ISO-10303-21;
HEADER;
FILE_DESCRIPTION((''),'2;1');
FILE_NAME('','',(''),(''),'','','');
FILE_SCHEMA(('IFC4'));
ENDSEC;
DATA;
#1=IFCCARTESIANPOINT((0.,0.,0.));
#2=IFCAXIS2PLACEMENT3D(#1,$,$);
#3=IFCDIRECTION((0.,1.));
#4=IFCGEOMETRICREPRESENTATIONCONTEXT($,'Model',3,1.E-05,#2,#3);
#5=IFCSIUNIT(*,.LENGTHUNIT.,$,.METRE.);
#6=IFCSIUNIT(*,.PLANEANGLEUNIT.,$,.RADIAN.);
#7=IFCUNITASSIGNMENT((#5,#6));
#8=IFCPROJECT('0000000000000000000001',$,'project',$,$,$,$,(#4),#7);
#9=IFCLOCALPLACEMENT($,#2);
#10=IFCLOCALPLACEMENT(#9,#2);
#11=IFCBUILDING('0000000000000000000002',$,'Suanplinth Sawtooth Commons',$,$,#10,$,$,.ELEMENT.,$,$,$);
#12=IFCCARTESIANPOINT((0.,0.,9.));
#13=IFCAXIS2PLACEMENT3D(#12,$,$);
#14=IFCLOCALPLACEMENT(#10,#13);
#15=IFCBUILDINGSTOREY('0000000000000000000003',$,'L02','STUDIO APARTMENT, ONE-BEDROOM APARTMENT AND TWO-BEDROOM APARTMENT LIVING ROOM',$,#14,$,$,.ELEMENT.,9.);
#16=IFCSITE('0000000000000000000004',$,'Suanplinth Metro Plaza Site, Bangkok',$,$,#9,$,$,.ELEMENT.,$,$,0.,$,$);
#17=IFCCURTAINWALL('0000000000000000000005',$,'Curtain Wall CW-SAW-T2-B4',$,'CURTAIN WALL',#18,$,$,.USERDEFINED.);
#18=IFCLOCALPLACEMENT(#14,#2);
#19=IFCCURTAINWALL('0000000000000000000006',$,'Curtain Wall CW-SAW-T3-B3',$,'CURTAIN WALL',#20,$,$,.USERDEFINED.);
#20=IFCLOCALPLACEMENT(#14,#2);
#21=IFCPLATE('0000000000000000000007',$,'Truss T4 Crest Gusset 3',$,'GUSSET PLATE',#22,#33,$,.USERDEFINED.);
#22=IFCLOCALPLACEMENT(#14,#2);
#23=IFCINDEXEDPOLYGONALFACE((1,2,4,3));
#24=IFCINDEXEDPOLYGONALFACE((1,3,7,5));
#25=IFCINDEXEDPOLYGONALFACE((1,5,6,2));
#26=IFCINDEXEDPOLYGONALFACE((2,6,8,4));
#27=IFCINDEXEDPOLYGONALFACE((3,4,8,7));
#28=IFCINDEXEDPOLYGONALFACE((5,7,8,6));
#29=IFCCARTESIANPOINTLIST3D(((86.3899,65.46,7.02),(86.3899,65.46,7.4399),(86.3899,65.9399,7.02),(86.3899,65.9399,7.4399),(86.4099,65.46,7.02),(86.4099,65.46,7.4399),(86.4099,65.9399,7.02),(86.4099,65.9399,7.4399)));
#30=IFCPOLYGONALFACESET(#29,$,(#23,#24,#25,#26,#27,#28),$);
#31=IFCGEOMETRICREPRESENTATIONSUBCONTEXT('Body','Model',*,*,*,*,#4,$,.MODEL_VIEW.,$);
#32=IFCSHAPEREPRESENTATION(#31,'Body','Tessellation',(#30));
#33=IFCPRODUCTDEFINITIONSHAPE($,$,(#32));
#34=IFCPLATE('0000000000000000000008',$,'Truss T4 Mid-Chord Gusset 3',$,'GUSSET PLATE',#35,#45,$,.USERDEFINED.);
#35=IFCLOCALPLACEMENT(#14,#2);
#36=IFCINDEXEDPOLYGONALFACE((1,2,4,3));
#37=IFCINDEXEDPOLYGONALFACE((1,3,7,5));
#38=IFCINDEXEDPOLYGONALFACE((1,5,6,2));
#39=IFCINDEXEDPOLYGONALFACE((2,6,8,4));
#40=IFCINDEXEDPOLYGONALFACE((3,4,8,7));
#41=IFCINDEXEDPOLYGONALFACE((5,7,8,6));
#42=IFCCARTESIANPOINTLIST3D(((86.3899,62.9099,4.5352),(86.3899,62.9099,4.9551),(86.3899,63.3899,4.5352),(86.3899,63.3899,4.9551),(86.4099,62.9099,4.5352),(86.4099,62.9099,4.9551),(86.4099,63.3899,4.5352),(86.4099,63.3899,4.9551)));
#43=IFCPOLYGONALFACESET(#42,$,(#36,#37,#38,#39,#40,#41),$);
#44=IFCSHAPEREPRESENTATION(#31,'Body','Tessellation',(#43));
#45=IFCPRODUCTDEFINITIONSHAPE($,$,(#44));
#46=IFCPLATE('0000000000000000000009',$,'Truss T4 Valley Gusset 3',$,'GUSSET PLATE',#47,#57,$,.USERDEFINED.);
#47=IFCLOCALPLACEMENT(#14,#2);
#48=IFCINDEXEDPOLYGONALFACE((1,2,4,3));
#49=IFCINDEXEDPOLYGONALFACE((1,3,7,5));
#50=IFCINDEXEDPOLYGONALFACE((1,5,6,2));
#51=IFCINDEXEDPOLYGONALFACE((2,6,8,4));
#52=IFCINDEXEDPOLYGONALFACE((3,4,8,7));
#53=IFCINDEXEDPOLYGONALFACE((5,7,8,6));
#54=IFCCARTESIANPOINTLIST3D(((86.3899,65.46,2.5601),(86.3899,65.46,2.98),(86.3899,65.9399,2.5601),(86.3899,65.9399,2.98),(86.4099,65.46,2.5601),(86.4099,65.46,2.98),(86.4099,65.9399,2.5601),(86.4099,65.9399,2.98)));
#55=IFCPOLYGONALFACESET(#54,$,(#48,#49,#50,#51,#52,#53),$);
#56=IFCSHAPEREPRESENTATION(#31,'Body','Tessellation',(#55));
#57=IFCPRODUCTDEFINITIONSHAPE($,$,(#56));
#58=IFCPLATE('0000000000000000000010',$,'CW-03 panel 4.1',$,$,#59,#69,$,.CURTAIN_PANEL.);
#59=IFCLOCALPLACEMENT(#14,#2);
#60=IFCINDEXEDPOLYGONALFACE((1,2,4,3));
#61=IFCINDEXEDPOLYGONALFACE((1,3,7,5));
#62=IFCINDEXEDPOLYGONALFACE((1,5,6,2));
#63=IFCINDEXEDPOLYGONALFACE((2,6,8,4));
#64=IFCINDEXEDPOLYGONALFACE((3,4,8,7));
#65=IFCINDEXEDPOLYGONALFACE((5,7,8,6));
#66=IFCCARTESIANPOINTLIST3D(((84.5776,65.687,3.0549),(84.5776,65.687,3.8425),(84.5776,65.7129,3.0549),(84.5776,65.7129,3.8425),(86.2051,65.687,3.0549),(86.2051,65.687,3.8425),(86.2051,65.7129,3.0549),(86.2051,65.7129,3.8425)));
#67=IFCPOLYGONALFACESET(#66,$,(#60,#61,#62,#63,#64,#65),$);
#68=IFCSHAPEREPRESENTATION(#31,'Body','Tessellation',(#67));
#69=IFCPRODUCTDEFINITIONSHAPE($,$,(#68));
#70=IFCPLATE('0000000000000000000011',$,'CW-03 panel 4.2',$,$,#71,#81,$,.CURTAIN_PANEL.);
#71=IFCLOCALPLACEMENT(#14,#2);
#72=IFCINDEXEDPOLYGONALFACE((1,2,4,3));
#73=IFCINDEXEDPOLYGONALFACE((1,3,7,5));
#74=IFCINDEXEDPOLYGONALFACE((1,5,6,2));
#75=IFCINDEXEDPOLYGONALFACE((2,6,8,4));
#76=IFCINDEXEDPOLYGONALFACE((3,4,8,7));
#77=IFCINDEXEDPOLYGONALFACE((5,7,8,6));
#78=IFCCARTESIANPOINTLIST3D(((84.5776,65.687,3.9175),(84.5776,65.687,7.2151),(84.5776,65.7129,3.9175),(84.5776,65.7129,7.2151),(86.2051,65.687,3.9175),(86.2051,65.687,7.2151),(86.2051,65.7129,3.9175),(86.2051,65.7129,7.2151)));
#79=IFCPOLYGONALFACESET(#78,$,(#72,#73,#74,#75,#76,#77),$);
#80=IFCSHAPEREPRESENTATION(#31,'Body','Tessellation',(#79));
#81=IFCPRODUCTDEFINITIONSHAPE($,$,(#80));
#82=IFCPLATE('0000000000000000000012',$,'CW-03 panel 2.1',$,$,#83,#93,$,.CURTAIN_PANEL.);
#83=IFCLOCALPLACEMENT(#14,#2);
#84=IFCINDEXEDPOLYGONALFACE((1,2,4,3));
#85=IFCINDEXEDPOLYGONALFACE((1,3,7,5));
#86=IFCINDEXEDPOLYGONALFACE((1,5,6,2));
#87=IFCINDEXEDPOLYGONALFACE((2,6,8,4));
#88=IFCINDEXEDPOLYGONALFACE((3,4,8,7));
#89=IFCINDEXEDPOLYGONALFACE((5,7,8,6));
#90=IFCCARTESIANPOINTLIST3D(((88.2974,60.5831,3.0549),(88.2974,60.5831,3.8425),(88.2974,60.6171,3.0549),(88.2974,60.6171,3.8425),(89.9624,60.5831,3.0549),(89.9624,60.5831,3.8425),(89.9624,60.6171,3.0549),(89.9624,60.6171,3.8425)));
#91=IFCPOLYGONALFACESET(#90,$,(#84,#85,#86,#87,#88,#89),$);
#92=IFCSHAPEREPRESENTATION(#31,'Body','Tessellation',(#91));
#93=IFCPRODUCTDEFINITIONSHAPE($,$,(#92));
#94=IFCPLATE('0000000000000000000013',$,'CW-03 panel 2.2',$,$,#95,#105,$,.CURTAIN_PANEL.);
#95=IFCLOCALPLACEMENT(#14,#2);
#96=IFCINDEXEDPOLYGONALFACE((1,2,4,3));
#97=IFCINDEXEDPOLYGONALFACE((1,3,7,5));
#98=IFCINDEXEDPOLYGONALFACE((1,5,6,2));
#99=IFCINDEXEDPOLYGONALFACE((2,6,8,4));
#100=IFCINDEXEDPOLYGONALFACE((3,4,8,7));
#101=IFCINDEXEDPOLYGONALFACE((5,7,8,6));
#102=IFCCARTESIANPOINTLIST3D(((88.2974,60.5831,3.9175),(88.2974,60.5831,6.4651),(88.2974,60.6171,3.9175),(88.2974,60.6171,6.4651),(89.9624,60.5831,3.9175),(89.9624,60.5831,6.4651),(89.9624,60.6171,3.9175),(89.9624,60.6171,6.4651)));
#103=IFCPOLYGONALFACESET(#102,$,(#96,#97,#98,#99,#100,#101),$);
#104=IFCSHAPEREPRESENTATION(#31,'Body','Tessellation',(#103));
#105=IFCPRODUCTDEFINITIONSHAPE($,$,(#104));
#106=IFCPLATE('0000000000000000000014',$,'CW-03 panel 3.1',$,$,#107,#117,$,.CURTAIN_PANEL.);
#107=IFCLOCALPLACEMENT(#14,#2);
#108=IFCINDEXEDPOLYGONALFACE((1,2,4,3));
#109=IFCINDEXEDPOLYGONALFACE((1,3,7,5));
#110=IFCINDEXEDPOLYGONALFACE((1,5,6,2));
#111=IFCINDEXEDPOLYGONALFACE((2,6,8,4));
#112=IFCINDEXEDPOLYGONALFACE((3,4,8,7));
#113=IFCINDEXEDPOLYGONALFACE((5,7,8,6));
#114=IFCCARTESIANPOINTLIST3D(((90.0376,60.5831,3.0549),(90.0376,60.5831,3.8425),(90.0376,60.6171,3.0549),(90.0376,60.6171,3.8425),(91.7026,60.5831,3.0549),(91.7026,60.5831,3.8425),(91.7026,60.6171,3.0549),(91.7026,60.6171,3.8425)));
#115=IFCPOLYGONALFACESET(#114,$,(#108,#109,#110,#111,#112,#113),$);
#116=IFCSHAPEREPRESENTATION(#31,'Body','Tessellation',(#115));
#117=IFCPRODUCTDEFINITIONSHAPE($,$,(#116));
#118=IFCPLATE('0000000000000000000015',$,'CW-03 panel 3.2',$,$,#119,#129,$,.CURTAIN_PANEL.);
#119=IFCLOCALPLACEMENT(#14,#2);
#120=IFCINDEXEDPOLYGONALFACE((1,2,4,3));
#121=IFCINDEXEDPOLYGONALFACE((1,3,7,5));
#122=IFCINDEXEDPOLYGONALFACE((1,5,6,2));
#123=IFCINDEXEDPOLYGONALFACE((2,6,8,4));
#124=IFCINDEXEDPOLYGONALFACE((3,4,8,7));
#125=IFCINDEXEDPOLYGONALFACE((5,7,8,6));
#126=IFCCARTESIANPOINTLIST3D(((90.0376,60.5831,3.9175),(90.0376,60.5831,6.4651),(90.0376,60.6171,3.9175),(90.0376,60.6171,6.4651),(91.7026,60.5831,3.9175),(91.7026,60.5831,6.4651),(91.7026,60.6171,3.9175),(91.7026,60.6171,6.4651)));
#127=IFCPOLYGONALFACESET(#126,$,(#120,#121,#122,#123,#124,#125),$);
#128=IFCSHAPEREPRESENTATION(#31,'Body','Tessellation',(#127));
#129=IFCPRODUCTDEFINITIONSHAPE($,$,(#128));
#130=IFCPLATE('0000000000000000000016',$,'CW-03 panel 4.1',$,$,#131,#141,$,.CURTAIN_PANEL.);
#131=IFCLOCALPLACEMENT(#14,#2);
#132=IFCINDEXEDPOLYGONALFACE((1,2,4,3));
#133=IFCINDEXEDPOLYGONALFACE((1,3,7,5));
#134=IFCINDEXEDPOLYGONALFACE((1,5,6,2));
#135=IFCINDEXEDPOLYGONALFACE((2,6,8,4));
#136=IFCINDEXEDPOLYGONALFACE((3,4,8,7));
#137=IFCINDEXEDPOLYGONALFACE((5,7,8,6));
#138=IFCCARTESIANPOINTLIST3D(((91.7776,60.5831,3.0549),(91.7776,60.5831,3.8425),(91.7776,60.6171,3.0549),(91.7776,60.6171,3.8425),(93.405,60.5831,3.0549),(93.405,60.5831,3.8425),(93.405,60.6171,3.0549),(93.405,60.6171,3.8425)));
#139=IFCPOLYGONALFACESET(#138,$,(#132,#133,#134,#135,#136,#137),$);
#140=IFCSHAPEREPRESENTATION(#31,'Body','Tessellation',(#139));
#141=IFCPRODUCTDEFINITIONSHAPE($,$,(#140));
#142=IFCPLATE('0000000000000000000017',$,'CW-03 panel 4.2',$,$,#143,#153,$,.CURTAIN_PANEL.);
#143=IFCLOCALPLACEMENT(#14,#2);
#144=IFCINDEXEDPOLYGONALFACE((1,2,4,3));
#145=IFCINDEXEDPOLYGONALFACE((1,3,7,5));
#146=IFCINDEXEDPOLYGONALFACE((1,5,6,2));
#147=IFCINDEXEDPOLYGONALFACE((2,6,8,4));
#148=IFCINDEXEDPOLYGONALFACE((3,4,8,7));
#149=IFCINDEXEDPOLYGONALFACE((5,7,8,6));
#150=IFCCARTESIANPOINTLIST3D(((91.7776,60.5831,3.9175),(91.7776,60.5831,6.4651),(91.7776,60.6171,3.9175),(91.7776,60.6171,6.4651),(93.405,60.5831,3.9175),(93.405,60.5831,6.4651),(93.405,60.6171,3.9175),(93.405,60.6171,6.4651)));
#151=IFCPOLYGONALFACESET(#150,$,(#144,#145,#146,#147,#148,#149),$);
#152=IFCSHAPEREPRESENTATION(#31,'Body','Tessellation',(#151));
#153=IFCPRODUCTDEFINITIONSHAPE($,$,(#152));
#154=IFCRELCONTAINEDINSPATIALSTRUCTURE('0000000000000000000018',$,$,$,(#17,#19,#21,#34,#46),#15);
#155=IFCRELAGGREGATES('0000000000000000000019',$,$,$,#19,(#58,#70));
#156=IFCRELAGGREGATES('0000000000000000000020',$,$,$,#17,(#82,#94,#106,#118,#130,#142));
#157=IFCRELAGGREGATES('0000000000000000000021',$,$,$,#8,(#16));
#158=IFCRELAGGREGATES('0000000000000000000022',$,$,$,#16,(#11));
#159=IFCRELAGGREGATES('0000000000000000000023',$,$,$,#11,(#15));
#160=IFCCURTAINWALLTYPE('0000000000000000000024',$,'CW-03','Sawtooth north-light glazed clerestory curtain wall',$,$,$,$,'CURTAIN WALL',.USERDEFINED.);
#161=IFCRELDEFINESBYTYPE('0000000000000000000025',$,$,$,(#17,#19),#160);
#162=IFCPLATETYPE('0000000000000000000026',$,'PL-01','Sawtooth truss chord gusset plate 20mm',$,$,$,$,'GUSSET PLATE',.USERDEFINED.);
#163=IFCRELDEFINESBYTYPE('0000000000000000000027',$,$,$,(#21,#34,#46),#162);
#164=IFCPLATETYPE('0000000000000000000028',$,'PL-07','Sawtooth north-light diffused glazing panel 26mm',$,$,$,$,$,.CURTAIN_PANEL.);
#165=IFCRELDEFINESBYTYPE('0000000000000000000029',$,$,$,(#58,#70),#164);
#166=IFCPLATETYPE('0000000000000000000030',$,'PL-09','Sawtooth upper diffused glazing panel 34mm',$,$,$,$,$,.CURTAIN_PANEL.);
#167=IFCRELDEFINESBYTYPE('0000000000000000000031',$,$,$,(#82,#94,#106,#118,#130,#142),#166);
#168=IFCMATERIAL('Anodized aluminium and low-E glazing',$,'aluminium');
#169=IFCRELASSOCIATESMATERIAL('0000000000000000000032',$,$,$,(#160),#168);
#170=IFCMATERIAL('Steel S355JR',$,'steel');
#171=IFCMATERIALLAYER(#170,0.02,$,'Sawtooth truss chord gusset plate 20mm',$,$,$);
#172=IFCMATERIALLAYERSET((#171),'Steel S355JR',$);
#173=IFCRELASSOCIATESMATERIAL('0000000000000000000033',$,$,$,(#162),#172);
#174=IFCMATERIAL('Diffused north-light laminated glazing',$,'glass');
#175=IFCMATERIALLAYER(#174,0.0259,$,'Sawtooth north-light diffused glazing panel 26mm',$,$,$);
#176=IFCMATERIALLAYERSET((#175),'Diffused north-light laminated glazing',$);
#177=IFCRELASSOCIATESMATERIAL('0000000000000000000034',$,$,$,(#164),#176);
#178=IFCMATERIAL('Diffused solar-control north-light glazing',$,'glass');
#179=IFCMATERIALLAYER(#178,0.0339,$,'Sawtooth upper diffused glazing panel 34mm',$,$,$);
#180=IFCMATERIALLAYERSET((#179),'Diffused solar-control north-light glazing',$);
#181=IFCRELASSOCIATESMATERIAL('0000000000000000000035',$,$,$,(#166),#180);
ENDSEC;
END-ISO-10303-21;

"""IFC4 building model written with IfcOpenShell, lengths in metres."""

from ifc_helpers import new_model, si_unit, direction, frame, origin, origin_2d, place, context, subcontext, project, spatial, rectangle, extrude, material, layer, layer_set, type_object, element, aggregate, save


model = new_model("IFC4")

# Units and contexts
model_context = context("Model", 3, precision=1e-05, world=origin(), true_north=direction((0.0, 1.0)))
body_context = subcontext(model_context, "Body", "Model", "MODEL_VIEW")
ifc_project = project(units=[si_unit("LENGTHUNIT", "METRE"), si_unit("PLANEANGLEUNIT", "RADIAN")], contexts=[model_context])

# Site, building, storey
site_placement = place(None, origin())
site = spatial("IfcSite", under=ifc_project, at=site_placement, Name="Suanplinth Metro Plaza Site, Bangkok", CompositionType="ELEMENT", RefElevation=0.0)
building_placement = place(site_placement, origin())
building = spatial("IfcBuilding", under=site, at=building_placement, Name="Suanplinth Sawtooth Commons", CompositionType="ELEMENT")
storey_placement = place(building_placement, frame((0.0, 0.0, 9.0)))
storey = spatial("IfcBuildingStorey", under=building, at=storey_placement, Name="L02", Description="STUDIO APARTMENT, ONE-BEDROOM APARTMENT AND TWO-BEDROOM APARTMENT LIVING ROOM", CompositionType="ELEMENT", Elevation=9.0)

# Shared definitions
ifc_material_1 = material(Name="Steel S355JR", Category="steel")

# Curtain wall
ifc_material_2 = material(Name="Anodized aluminium and low-E glazing", Category="aluminium")
curtain_wall_type = type_object("IfcCurtainWallType", Name="CW-03", Description="Sawtooth north-light glazed clerestory curtain wall", ElementType="CURTAIN WALL", PredefinedType="USERDEFINED", material=ifc_material_2)
curtain_wall_1_placement = place(storey_placement, origin())
curtain_wall_1 = element("IfcCurtainWall", 1, at=curtain_wall_1_placement, inside=storey, type_object=curtain_wall_type, Name="Curtain Wall CW-SAW-T2-B4", ObjectType="CURTAIN WALL", PredefinedType="USERDEFINED")

# Curtain wall
curtain_wall_2_placement = place(storey_placement, origin())
curtain_wall_2 = element("IfcCurtainWall", 2, at=curtain_wall_2_placement, inside=storey, type_object=curtain_wall_type, Name="Curtain Wall CW-SAW-T3-B3", ObjectType="CURTAIN WALL", PredefinedType="USERDEFINED")

# Plates
ifc_layer_1 = layer(ifc_material_1, 0.02, Name="Sawtooth truss chord gusset plate 20mm")
ifc_layer_set_1 = layer_set([ifc_layer_1], Name="Steel S355JR")
plate_type_1 = type_object("IfcPlateType", Name="PL-01", Description="Sawtooth truss chord gusset plate 20mm", ElementType="GUSSET PLATE", PredefinedType="USERDEFINED", material=ifc_layer_set_1)
for number, where, z_axis, x_axis, name in (
    (3, (86.3999, 65.7, 7.02), (0.0, 0.0, 1.0), (1.0, 0.0, 0.0), "Truss T4 Crest Gusset 3"),
    (4, (86.3999, 63.1499, 4.5352), (0.0, 0.0, 1.0), (1.0, 0.0, 0.0), "Truss T4 Mid-Chord Gusset 3"),
    (5, (86.3999, 65.7, 2.5601), (0.0, 0.0, 1.0), (1.0, 0.0, 0.0), "Truss T4 Valley Gusset 3"),
):
    element("IfcPlate", number, at=place(storey_placement, frame(where, z_axis=z_axis, x_axis=x_axis)), inside=storey, type_object=plate_type_1, Name=name, ObjectType="GUSSET PLATE", PredefinedType="USERDEFINED", context=body_context, shape_type="SweptSolid", body=[
        extrude(rectangle(XDim=0.02, YDim=0.48, at=origin_2d()), origin(), (0.0, 0.0, 1.0), 0.4199),
    ])

# Plates
ifc_material_3 = material(Name="Diffused north-light laminated glazing", Category="glass")
ifc_layer_2 = layer(ifc_material_3, 0.0259, Name="Sawtooth north-light diffused glazing panel 26mm")
ifc_layer_set_2 = layer_set([ifc_layer_2], Name="Diffused north-light laminated glazing")
plate_type_2 = type_object("IfcPlateType", Name="PL-07", Description="Sawtooth north-light diffused glazing panel 26mm", PredefinedType="CURTAIN_PANEL", material=ifc_layer_set_2)
plate_1_placement = place(storey_placement, frame((85.3914, 65.7, 3.0549), z_axis=(0.0, 0.0, 1.0), x_axis=(1.0, 0.0, 0.0)))
plate_1 = element("IfcPlate", 6, at=plate_1_placement, type_object=plate_type_2, Name="CW-03 panel 4.1", PredefinedType="CURTAIN_PANEL", context=body_context, shape_type="SweptSolid", body=[
    extrude(rectangle(XDim=1.6274, YDim=0.0259, at=origin_2d()), origin(), (0.0, 0.0, 1.0), 0.7876),
])
plate_2_placement = place(storey_placement, frame((85.3914, 65.7, 3.9175), z_axis=(0.0, 0.0, 1.0), x_axis=(1.0, 0.0, 0.0)))
plate_2 = element("IfcPlate", 7, at=plate_2_placement, type_object=plate_type_2, Name="CW-03 panel 4.2", PredefinedType="CURTAIN_PANEL", context=body_context, shape_type="SweptSolid", body=[
    extrude(rectangle(XDim=1.6274, YDim=0.0259, at=origin_2d()), origin(), (0.0, 0.0, 1.0), 3.2976),
])
aggregate(curtain_wall_2, [plate_1, plate_2])
ifc_material_4 = material(Name="Diffused solar-control north-light glazing", Category="glass")
ifc_layer_3 = layer(ifc_material_4, 0.0339, Name="Sawtooth upper diffused glazing panel 34mm")
ifc_layer_set_3 = layer_set([ifc_layer_3], Name="Diffused solar-control north-light glazing")
plate_type_3 = type_object("IfcPlateType", Name="PL-09", Description="Sawtooth upper diffused glazing panel 34mm", PredefinedType="CURTAIN_PANEL", material=ifc_layer_set_3)
plate_3_placement = place(storey_placement, frame((89.1299, 60.6001, 3.0549), z_axis=(0.0, 0.0, 1.0), x_axis=(1.0, 0.0, 0.0)))
plate_3 = element("IfcPlate", 8, at=plate_3_placement, type_object=plate_type_3, Name="CW-03 panel 2.1", PredefinedType="CURTAIN_PANEL", context=body_context, shape_type="SweptSolid", body=[
    extrude(rectangle(XDim=1.665, YDim=0.0339, at=origin_2d()), origin(), (0.0, 0.0, 1.0), 0.7876),
])
plate_4_placement = place(storey_placement, frame((89.1299, 60.6001, 3.9175), z_axis=(0.0, 0.0, 1.0), x_axis=(1.0, 0.0, 0.0)))
plate_4 = element("IfcPlate", 9, at=plate_4_placement, type_object=plate_type_3, Name="CW-03 panel 2.2", PredefinedType="CURTAIN_PANEL", context=body_context, shape_type="SweptSolid", body=[
    extrude(rectangle(XDim=1.665, YDim=0.0339, at=origin_2d()), origin(), (0.0, 0.0, 1.0), 2.5476),
])
plate_5_placement = place(storey_placement, frame((90.8701, 60.6001, 3.0549), z_axis=(0.0, 0.0, 1.0), x_axis=(1.0, 0.0, 0.0)))
plate_5 = element("IfcPlate", 10, at=plate_5_placement, type_object=plate_type_3, Name="CW-03 panel 3.1", PredefinedType="CURTAIN_PANEL", context=body_context, shape_type="SweptSolid", body=[
    extrude(rectangle(XDim=1.665, YDim=0.0339, at=origin_2d()), origin(), (0.0, 0.0, 1.0), 0.7876),
])
plate_6_placement = place(storey_placement, frame((90.8701, 60.6001, 3.9175), z_axis=(0.0, 0.0, 1.0), x_axis=(1.0, 0.0, 0.0)))
plate_6 = element("IfcPlate", 11, at=plate_6_placement, type_object=plate_type_3, Name="CW-03 panel 3.2", PredefinedType="CURTAIN_PANEL", context=body_context, shape_type="SweptSolid", body=[
    extrude(rectangle(XDim=1.665, YDim=0.0339, at=origin_2d()), origin(), (0.0, 0.0, 1.0), 2.5476),
])
plate_7_placement = place(storey_placement, frame((92.5913, 60.6001, 3.0549), z_axis=(0.0, 0.0, 1.0), x_axis=(1.0, 0.0, 0.0)))
plate_7 = element("IfcPlate", 12, at=plate_7_placement, type_object=plate_type_3, Name="CW-03 panel 4.1", PredefinedType="CURTAIN_PANEL", context=body_context, shape_type="SweptSolid", body=[
    extrude(rectangle(XDim=1.6274, YDim=0.0339, at=origin_2d()), origin(), (0.0, 0.0, 1.0), 0.7876),
])
plate_8_placement = place(storey_placement, frame((92.5913, 60.6001, 3.9175), z_axis=(0.0, 0.0, 1.0), x_axis=(1.0, 0.0, 0.0)))
plate_8 = element("IfcPlate", 13, at=plate_8_placement, type_object=plate_type_3, Name="CW-03 panel 4.2", PredefinedType="CURTAIN_PANEL", context=body_context, shape_type="SweptSolid", body=[
    extrude(rectangle(XDim=1.6274, YDim=0.0339, at=origin_2d()), origin(), (0.0, 0.0, 1.0), 2.5476),
])
aggregate(curtain_wall_1, [plate_3, plate_4, plate_5, plate_6, plate_7, plate_8])

save(model, "model.ifc")
